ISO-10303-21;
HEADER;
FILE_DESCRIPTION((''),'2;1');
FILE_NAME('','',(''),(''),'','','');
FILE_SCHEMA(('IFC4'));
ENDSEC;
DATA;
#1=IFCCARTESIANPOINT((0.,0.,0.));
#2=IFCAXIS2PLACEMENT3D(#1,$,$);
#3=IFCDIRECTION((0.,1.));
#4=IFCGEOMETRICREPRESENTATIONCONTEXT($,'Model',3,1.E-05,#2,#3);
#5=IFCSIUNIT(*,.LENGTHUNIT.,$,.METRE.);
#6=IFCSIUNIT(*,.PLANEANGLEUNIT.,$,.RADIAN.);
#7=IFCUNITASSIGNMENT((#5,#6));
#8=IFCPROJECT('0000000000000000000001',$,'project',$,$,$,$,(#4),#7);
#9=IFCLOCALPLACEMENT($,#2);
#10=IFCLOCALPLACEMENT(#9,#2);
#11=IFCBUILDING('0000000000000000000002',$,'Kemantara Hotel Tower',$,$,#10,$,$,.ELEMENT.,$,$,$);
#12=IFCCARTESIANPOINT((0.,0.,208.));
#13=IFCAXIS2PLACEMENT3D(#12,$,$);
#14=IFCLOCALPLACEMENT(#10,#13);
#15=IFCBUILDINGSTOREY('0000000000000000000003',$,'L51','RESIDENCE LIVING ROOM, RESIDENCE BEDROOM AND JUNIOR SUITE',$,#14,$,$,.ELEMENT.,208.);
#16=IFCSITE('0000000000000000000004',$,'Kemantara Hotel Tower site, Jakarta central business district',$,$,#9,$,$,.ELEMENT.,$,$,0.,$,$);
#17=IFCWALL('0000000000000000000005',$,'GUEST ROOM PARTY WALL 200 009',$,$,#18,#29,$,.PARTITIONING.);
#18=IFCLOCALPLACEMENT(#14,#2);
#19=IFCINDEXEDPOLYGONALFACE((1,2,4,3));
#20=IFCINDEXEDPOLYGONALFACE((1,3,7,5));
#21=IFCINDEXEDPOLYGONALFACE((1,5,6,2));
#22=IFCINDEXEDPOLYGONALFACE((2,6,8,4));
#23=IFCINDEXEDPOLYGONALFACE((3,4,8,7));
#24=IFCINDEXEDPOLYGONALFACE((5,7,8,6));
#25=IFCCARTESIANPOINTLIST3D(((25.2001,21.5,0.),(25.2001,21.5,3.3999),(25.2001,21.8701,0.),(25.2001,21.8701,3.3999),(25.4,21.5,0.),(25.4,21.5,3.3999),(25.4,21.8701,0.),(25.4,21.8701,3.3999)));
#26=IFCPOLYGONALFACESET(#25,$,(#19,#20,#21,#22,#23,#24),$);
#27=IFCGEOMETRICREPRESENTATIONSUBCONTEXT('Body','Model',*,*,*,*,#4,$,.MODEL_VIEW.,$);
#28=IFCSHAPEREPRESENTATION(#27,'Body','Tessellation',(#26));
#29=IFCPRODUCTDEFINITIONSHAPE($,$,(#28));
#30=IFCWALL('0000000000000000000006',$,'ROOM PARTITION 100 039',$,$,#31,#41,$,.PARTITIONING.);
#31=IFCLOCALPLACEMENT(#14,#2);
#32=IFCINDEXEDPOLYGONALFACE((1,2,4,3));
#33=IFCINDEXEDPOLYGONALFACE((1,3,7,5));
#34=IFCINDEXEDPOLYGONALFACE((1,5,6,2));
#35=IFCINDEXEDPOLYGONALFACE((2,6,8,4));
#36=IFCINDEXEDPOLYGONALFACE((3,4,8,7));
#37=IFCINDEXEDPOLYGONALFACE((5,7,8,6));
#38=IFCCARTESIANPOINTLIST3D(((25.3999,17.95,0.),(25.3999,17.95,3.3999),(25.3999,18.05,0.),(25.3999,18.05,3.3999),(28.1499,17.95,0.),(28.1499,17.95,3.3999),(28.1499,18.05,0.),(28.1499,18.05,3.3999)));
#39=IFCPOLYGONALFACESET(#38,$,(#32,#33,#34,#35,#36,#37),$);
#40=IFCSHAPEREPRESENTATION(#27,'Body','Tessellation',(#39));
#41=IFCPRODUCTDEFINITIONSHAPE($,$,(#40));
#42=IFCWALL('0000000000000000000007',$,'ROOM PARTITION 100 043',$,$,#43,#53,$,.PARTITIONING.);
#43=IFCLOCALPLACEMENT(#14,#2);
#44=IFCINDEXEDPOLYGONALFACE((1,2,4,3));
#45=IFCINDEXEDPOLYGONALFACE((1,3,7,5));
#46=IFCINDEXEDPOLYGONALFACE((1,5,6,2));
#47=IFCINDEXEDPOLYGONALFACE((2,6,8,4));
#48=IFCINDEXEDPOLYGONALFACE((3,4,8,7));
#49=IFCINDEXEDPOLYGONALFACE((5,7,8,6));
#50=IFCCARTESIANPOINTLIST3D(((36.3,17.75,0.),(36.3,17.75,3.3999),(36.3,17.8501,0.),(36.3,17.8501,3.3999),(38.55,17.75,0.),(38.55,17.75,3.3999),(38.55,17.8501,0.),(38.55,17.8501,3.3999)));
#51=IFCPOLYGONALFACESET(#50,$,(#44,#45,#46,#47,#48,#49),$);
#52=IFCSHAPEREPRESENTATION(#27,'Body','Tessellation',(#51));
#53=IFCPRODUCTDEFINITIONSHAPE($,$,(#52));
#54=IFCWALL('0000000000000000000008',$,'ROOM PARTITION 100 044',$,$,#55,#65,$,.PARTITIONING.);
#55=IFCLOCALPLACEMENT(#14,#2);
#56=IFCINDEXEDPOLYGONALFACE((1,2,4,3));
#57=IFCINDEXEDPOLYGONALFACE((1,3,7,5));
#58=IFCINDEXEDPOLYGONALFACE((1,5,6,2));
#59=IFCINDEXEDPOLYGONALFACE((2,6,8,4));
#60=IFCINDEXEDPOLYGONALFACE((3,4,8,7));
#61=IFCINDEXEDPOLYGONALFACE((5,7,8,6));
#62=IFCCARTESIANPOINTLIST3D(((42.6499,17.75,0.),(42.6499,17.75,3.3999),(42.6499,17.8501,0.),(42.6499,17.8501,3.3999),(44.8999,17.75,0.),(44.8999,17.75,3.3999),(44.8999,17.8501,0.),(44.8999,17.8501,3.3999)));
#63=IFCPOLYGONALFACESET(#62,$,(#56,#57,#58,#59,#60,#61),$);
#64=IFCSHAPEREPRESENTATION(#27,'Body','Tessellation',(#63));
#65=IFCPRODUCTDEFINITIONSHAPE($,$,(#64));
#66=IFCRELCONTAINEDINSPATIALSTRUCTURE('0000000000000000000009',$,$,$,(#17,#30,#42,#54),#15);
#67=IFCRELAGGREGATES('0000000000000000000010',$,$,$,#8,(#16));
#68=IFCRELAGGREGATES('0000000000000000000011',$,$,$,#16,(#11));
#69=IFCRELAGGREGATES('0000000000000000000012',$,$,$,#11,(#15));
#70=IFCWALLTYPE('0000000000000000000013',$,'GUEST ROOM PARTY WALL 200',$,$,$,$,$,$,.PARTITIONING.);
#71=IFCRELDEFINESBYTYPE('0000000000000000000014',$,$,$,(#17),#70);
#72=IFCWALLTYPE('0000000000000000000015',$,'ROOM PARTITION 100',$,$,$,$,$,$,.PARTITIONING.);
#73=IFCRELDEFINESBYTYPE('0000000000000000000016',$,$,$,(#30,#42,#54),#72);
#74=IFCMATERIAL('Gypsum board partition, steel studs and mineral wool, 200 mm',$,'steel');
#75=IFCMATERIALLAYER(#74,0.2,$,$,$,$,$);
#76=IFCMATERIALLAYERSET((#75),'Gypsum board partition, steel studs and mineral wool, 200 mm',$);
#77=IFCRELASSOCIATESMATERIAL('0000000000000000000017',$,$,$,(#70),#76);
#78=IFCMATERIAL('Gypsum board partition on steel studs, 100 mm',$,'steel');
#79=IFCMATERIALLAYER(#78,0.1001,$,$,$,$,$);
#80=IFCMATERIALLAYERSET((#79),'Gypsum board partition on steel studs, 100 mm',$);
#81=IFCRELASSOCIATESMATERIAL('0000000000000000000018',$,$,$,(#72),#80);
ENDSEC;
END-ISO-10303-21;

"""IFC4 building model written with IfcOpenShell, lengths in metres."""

from ifc_helpers import new_model, si_unit, direction, frame, frame_2d, origin, place, context, subcontext, project, spatial, rectangle, extrude, material, layer, layer_set, type_object, element, save


model = new_model("IFC4")

# Units and contexts
model_context = context("Model", 3, precision=1e-05, world=origin(), true_north=direction((0.0, 1.0)))
body_context = subcontext(model_context, "Body", "Model", "MODEL_VIEW")
ifc_project = project(units=[si_unit("LENGTHUNIT", "METRE"), si_unit("PLANEANGLEUNIT", "RADIAN")], contexts=[model_context])

# Site, building, storey
site_placement = place(None, origin())
site = spatial("IfcSite", under=ifc_project, at=site_placement, Name="Kemantara Hotel Tower site, Jakarta central business district", CompositionType="ELEMENT", RefElevation=0.0)
building_placement = place(site_placement, origin())
building = spatial("IfcBuilding", under=site, at=building_placement, Name="Kemantara Hotel Tower", CompositionType="ELEMENT")
storey_placement = place(building_placement, frame((0.0, 0.0, 208.0)))
storey = spatial("IfcBuildingStorey", under=building, at=storey_placement, Name="L51", Description="RESIDENCE LIVING ROOM, RESIDENCE BEDROOM AND JUNIOR SUITE", CompositionType="ELEMENT", Elevation=208.0)

# Walls
ifc_material_1 = material(Name="Gypsum board partition, steel studs and mineral wool, 200 mm", Category="steel")
ifc_layer_1 = layer(ifc_material_1, 0.2)
ifc_layer_set_1 = layer_set([ifc_layer_1], Name="Gypsum board partition, steel studs and mineral wool, 200 mm")
wall_type_1 = type_object("IfcWallType", Name="GUEST ROOM PARTY WALL 200", PredefinedType="PARTITIONING", material=ifc_layer_set_1)
wall_1_placement = place(storey_placement, frame((25.3, 21.5, 0.0), z_axis=(0.0, 0.0, 1.0), x_axis=(0.0, 1.0, 0.0)))
element("IfcWall", 1, at=wall_1_placement, inside=storey, type_object=wall_type_1, Name="GUEST ROOM PARTY WALL 200 009", PredefinedType="PARTITIONING", context=body_context, shape_type="SweptSolid", body=[
    extrude(rectangle(XDim=0.3701, YDim=0.2, at=frame_2d((0.1851, 0.0))), origin(), (0.0, 0.0, 1.0), 3.3999),
])
ifc_material_2 = material(Name="Gypsum board partition on steel studs, 100 mm", Category="steel")
ifc_layer_2 = layer(ifc_material_2, 0.1001)
ifc_layer_set_2 = layer_set([ifc_layer_2], Name="Gypsum board partition on steel studs, 100 mm")
wall_type_2 = type_object("IfcWallType", Name="ROOM PARTITION 100", PredefinedType="PARTITIONING", material=ifc_layer_set_2)
wall_2_placement = place(storey_placement, frame((25.3999, 18.0, 0.0), z_axis=(0.0, 0.0, 1.0), x_axis=(1.0, 0.0, 0.0)))
element("IfcWall", 2, at=wall_2_placement, inside=storey, type_object=wall_type_2, Name="ROOM PARTITION 100 039", PredefinedType="PARTITIONING", context=body_context, shape_type="SweptSolid", body=[
    extrude(rectangle(XDim=2.75, YDim=0.1001, at=frame_2d((1.375, 0.0))), origin(), (0.0, 0.0, 1.0), 3.3999),
])
for number, where, z_axis, x_axis, name in (
    (3, (36.3, 17.8, 0.0), (0.0, 0.0, 1.0), (1.0, 0.0, 0.0), "ROOM PARTITION 100 043"),
    (4, (42.6499, 17.8, 0.0), (0.0, 0.0, 1.0), (1.0, 0.0, 0.0), "ROOM PARTITION 100 044"),
):
    element("IfcWall", number, at=place(storey_placement, frame(where, z_axis=z_axis, x_axis=x_axis)), inside=storey, type_object=wall_type_2, Name=name, PredefinedType="PARTITIONING", context=body_context, shape_type="SweptSolid", body=[
        extrude(rectangle(XDim=2.25, YDim=0.1001, at=frame_2d((1.125, 0.0))), origin(), (0.0, 0.0, 1.0), 3.3999),
    ])

save(model, "model.ifc")
